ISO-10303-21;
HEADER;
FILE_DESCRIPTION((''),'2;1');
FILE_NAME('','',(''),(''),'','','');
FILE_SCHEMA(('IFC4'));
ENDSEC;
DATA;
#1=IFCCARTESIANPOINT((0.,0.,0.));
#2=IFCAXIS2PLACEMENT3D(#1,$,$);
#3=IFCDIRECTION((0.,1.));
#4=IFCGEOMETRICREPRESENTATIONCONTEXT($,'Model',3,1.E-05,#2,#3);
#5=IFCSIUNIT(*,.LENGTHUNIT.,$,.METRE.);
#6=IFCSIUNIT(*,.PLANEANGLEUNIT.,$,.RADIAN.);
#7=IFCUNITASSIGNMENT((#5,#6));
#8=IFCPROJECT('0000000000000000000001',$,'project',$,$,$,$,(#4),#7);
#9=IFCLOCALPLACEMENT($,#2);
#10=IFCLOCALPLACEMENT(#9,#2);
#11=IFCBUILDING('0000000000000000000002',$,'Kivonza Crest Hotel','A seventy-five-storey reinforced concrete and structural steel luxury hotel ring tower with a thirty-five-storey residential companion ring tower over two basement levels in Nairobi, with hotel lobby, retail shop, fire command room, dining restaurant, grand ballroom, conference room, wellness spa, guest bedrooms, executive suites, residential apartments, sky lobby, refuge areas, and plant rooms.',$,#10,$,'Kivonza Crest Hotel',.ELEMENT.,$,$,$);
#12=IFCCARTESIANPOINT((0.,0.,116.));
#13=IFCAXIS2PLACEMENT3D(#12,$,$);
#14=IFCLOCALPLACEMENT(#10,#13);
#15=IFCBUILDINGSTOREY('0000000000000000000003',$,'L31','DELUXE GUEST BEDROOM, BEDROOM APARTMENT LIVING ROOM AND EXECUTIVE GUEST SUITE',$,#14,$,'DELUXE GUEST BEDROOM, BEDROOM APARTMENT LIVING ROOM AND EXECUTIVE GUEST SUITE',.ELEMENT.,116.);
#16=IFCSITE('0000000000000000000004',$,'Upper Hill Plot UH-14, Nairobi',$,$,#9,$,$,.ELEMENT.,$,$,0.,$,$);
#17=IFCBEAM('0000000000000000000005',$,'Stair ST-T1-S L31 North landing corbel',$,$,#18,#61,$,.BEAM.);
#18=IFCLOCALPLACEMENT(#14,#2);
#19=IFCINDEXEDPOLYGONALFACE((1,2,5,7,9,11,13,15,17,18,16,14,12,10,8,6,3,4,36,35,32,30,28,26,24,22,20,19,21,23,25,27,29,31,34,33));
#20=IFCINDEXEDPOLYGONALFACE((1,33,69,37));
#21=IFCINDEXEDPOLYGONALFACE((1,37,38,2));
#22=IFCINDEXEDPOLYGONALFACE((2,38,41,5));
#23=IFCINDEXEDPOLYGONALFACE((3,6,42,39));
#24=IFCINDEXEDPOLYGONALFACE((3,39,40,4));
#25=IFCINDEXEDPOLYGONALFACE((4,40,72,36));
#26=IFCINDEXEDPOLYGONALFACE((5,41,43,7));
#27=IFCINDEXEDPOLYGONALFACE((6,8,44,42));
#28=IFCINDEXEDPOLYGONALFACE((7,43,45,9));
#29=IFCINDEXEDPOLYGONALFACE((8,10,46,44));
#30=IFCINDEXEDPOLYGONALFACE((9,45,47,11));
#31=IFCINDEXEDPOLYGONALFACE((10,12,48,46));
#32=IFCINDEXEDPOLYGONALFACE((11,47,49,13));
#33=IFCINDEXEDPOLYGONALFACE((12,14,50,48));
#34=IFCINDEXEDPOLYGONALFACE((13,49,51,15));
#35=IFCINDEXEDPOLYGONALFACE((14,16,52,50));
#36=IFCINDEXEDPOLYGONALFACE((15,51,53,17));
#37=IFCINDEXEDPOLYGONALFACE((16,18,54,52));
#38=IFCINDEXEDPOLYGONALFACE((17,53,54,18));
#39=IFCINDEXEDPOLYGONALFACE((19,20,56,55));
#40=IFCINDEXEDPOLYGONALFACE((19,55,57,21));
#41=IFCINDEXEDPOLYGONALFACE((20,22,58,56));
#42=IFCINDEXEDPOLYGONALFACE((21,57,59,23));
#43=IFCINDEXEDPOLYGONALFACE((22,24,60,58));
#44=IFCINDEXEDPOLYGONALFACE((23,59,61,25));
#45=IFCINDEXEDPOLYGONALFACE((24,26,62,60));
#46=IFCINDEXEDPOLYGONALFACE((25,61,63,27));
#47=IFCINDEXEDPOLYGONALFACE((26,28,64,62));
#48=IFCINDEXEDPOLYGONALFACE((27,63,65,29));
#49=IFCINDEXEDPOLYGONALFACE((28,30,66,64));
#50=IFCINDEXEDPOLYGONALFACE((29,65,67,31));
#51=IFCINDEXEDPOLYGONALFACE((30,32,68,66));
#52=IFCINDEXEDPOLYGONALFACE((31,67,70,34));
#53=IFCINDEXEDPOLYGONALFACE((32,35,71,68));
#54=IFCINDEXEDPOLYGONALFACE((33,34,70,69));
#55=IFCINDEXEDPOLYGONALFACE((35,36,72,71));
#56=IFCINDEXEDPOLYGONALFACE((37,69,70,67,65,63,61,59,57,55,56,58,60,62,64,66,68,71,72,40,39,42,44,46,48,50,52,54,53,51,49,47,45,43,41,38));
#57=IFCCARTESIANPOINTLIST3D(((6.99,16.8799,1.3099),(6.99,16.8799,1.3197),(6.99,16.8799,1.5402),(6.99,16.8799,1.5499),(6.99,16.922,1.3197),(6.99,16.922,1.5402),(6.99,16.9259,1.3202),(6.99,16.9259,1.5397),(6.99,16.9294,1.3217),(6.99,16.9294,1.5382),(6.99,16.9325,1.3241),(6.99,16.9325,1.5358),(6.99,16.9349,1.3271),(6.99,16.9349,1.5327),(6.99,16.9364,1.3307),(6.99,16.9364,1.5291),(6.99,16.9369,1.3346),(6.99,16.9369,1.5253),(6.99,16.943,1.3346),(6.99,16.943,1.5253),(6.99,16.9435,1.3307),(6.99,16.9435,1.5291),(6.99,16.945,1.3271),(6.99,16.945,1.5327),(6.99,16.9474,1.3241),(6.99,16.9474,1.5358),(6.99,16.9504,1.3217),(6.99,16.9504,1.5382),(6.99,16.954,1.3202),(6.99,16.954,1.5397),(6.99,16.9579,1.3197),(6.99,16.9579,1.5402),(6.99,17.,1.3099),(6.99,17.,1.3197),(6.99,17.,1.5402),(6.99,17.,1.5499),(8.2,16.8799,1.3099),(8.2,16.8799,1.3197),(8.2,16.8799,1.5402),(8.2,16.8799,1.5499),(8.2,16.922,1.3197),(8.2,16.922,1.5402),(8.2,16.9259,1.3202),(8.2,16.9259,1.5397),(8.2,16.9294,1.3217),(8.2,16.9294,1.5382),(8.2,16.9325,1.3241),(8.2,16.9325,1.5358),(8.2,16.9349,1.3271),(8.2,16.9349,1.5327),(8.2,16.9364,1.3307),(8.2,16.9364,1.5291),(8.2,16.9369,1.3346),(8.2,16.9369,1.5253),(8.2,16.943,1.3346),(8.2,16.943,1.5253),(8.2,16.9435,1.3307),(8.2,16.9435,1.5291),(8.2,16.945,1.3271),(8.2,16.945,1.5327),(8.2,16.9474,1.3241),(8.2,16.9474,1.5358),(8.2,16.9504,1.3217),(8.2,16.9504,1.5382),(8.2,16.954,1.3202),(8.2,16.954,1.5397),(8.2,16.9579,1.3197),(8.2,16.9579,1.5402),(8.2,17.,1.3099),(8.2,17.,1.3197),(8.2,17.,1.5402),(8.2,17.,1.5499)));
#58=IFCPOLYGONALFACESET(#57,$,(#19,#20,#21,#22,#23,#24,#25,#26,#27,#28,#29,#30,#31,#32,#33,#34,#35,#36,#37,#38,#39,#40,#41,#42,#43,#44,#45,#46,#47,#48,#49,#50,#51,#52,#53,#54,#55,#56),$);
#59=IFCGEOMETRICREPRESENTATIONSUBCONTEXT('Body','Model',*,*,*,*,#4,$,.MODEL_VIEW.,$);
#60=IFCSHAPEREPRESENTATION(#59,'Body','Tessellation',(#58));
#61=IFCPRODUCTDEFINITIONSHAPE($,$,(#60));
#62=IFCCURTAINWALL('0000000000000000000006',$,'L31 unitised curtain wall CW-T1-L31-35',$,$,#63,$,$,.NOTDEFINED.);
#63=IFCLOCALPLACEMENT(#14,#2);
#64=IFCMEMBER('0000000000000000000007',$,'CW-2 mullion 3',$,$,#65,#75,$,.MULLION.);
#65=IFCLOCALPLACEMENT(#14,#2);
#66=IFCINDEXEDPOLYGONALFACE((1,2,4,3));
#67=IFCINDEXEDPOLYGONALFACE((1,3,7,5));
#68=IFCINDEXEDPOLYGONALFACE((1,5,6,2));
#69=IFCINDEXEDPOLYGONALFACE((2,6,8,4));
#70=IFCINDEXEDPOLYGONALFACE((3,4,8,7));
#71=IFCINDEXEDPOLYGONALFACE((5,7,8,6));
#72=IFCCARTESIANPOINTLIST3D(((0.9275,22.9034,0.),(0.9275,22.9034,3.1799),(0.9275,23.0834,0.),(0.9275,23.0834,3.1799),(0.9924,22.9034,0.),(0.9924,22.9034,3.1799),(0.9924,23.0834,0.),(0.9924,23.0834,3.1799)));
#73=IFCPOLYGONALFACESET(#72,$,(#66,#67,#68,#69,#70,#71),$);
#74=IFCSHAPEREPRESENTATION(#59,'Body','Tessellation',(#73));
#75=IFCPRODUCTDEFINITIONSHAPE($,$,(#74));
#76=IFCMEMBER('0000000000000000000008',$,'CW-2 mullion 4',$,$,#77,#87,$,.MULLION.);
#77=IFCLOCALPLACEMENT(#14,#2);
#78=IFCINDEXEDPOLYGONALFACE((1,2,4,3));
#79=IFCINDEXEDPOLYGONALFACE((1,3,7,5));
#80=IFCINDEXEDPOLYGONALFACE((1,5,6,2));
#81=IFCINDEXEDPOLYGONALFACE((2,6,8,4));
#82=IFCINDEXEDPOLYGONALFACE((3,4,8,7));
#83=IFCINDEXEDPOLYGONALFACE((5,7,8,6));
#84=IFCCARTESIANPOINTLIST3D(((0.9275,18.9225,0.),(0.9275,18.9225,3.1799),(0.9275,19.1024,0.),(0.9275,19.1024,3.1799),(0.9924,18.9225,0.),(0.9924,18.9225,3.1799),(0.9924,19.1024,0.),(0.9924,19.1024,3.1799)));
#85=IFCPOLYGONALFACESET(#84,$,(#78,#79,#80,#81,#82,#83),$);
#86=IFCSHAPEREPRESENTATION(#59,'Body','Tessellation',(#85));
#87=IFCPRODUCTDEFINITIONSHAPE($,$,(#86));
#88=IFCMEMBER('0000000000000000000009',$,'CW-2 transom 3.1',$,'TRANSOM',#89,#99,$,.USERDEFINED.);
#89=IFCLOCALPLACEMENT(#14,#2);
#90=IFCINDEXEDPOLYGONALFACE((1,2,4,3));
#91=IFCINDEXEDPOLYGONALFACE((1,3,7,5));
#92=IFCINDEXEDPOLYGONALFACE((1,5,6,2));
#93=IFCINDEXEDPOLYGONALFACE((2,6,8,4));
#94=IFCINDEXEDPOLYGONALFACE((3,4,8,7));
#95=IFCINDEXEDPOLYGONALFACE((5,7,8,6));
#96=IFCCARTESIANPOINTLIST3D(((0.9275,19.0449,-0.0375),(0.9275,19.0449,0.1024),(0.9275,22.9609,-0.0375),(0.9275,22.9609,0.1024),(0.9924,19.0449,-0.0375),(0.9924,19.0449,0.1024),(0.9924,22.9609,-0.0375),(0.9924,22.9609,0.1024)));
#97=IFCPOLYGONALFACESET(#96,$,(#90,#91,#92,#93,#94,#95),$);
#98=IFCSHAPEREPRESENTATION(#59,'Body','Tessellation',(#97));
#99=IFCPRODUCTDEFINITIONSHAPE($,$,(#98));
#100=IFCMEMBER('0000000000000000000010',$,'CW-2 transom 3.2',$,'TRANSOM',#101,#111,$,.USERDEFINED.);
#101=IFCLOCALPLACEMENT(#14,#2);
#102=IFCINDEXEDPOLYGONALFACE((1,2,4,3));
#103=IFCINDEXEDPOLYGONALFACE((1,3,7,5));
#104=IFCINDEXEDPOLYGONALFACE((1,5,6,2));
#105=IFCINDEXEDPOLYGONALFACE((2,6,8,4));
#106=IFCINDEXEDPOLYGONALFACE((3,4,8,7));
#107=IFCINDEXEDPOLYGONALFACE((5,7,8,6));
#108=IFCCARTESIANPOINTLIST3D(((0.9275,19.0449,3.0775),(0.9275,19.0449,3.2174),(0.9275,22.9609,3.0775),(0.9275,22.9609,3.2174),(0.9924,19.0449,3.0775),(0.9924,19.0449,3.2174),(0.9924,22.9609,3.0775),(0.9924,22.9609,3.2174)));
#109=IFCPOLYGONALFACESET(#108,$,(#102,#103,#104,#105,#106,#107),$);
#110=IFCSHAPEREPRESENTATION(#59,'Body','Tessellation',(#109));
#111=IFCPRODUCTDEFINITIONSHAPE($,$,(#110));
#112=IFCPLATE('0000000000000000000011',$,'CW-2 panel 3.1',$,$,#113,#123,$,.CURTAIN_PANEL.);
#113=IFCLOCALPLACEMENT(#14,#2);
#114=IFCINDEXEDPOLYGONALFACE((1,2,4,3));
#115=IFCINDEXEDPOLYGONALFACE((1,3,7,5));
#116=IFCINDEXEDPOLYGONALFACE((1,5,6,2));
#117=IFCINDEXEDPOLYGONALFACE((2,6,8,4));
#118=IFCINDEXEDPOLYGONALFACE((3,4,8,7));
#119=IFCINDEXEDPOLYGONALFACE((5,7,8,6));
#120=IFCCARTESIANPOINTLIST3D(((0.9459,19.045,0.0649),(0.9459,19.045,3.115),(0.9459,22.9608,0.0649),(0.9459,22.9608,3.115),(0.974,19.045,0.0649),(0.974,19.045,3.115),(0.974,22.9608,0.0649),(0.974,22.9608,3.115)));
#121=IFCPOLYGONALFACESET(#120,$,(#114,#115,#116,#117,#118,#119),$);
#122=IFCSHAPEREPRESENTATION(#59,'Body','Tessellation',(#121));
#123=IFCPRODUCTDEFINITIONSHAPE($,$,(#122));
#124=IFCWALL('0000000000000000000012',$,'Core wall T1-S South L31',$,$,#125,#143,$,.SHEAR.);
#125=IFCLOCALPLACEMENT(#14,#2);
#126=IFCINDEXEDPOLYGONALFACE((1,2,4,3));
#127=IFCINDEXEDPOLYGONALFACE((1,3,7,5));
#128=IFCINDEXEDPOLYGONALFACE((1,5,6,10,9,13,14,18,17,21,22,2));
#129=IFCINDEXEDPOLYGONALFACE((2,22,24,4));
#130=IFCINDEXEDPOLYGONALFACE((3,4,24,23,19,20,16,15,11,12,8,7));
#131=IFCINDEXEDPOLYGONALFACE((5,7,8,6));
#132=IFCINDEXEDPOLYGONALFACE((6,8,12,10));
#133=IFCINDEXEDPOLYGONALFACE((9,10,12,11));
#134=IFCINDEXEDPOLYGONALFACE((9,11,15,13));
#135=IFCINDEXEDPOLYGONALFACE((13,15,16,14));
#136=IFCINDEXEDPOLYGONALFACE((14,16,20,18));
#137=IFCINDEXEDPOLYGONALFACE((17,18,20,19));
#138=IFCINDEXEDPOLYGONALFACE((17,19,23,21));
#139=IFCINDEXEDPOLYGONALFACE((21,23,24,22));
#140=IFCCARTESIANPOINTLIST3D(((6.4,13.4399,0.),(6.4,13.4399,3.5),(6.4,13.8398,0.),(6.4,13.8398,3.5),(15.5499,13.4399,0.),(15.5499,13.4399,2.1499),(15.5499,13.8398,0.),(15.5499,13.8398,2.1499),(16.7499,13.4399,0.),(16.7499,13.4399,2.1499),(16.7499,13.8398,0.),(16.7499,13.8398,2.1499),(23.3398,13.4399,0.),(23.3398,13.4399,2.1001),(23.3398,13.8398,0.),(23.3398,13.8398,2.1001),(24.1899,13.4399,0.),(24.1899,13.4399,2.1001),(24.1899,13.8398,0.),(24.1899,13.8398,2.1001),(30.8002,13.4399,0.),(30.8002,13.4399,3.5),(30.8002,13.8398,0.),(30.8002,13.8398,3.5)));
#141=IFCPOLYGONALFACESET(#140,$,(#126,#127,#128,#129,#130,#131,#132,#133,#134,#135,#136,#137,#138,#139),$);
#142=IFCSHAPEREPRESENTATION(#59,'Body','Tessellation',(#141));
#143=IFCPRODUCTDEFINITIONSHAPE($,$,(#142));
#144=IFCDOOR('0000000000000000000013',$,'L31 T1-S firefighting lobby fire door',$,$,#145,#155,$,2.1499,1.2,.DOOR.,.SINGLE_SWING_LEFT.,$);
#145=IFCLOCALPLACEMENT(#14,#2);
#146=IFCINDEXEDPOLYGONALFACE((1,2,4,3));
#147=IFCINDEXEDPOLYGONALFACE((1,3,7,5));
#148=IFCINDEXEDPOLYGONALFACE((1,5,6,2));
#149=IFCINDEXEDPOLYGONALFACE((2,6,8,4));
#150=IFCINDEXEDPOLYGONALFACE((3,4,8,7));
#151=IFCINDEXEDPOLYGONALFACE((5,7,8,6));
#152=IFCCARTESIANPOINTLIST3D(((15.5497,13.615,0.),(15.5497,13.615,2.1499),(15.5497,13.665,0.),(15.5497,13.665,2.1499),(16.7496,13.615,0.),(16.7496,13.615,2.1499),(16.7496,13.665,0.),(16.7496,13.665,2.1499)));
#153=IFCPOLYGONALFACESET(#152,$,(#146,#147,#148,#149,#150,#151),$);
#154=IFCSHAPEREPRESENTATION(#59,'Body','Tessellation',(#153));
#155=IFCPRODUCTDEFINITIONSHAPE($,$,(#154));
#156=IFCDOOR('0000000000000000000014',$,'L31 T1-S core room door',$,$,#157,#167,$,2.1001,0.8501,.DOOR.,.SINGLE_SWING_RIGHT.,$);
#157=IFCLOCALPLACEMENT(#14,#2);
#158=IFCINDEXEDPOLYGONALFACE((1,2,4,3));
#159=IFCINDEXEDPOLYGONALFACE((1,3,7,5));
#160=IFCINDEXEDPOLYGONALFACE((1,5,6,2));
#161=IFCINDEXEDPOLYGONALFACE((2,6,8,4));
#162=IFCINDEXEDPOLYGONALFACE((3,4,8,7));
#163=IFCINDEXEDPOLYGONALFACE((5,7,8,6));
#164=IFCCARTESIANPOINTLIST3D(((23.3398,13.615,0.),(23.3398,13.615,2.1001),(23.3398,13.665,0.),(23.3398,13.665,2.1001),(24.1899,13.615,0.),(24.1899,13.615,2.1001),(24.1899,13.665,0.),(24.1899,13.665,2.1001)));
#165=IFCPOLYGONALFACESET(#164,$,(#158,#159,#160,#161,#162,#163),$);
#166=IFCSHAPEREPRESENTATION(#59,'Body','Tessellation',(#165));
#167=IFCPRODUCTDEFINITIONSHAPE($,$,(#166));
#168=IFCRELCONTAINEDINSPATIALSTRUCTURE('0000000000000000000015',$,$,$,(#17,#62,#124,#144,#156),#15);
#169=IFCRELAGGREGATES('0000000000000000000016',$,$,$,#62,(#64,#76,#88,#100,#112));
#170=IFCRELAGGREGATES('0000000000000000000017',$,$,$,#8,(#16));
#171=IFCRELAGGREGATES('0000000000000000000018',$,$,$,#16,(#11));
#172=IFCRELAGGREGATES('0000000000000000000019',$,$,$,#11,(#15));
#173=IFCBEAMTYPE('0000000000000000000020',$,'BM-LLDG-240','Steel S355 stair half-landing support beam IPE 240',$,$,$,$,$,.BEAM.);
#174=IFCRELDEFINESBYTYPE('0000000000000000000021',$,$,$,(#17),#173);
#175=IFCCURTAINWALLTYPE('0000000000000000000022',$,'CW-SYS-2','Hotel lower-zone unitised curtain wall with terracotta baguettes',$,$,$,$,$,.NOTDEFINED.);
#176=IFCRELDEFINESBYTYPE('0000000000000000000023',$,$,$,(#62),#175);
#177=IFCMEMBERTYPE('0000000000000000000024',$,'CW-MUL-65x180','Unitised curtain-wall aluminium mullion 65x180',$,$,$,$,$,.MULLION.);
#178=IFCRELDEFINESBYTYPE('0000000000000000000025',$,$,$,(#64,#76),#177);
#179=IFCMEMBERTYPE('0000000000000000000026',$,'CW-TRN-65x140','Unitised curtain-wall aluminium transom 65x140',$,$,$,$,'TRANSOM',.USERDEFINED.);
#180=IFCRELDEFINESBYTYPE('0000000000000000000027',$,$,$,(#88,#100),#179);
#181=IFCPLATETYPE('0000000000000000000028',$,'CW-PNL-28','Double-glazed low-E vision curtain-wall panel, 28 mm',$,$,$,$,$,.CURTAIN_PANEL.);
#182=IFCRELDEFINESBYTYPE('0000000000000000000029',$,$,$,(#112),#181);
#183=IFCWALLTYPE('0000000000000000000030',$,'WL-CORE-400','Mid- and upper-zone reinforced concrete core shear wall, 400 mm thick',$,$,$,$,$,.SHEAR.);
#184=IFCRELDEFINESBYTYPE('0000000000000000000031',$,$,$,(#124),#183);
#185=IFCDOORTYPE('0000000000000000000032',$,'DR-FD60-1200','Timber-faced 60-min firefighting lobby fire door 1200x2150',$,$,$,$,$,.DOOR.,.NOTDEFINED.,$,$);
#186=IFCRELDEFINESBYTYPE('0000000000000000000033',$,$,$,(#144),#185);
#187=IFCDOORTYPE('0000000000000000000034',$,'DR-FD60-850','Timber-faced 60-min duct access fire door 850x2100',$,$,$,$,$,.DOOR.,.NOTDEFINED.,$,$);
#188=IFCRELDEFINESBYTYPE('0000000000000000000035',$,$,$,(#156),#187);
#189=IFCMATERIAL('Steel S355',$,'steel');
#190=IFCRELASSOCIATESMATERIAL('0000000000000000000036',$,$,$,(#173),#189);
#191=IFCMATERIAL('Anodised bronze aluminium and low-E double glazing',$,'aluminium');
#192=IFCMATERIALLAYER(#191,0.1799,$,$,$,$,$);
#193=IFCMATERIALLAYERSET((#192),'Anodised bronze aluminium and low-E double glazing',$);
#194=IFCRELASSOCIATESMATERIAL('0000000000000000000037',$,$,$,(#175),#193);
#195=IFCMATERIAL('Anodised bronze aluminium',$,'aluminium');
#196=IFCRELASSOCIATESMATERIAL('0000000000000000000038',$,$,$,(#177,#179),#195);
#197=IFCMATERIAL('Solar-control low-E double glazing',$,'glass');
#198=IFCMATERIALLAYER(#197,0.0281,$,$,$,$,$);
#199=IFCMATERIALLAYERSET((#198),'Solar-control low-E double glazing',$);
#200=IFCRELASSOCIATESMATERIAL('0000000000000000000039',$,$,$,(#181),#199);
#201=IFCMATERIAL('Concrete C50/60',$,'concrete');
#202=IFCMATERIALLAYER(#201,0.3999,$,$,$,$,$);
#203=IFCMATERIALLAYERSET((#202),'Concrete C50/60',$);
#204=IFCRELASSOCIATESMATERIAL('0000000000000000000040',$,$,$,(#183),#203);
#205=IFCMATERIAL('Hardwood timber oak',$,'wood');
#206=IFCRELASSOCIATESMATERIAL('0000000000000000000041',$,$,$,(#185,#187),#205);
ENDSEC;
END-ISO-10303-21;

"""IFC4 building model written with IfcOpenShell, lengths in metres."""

from ifc_helpers import new_model, si_unit, direction, frame, frame_2d, origin, origin_2d, place, context, subcontext, project, spatial, rectangle, i_section, extrude, material, layer, layer_set, material_profile, profile_set, type_object, element, fill, aggregate, save


model = new_model("IFC4")

# Units and contexts
model_context = context("Model", 3, precision=1e-05, world=origin(), true_north=direction((0.0, 1.0)))
body_context = subcontext(model_context, "Body", "Model", "MODEL_VIEW")
ifc_project = project(units=[si_unit("LENGTHUNIT", "METRE"), si_unit("PLANEANGLEUNIT", "RADIAN")], contexts=[model_context])

# Site, building, storey
site_placement = place(None, origin())
site = spatial("IfcSite", under=ifc_project, at=site_placement, Name="Upper Hill Plot UH-14, Nairobi", CompositionType="ELEMENT", RefElevation=0.0)
building_placement = place(site_placement, origin())
building = spatial("IfcBuilding", under=site, at=building_placement, Name="Kivonza Crest Hotel", Description="A seventy-five-storey reinforced concrete and structural steel luxury hotel ring tower with a thirty-five-storey residential companion ring tower over two basement levels in Nairobi, with hotel lobby, retail shop, fire command room, dining restaurant, grand ballroom, conference room, wellness spa, guest bedrooms, executive suites, residential apartments, sky lobby, refuge areas, and plant rooms.", LongName="Kivonza Crest Hotel", CompositionType="ELEMENT")
storey_placement = place(building_placement, frame((0.0, 0.0, 116.0)))
storey = spatial("IfcBuildingStorey", under=building, at=storey_placement, Name="L31", Description="DELUXE GUEST BEDROOM, BEDROOM APARTMENT LIVING ROOM AND EXECUTIVE GUEST SUITE", LongName="DELUXE GUEST BEDROOM, BEDROOM APARTMENT LIVING ROOM AND EXECUTIVE GUEST SUITE", CompositionType="ELEMENT", Elevation=116.0)

# Shared definitions
ifc_material_1 = material(Name="Concrete C50/60", Category="concrete")

# Beam
ifc_material_2 = material(Name="Steel S355", Category="steel")
ifc_material_profile_1 = material_profile(ifc_material_2, i_section(OverallWidth=0.1201, OverallDepth=0.24, WebThickness=0.0061, FlangeThickness=0.0098, FilletRadius=0.0149, at=origin_2d()), Name="IPE 240")
ifc_profile_set_1 = profile_set([ifc_material_profile_1], Name="Steel S355")
beam_type_1 = type_object("IfcBeamType", Name="BM-LLDG-240", Description="Steel S355 stair half-landing support beam IPE 240", PredefinedType="BEAM", material=ifc_profile_set_1)
for number, where, z_axis, x_axis, name in (
    (1, (6.99, 16.9399, 1.4299), (1.0, 0.0, 0.0), (0.0, 1.0, 0.0), "Stair ST-T1-S L31 North landing corbel"),
):
    element("IfcBeam", number, at=place(storey_placement, frame(where, z_axis=z_axis, x_axis=x_axis)), inside=storey, type_object=beam_type_1, Name=name, PredefinedType="BEAM", context=body_context, shape_type="SweptSolid", body=[
        extrude(i_section(OverallWidth=0.1201, OverallDepth=0.24, WebThickness=0.0061, FlangeThickness=0.0098, FilletRadius=0.0149, at=origin_2d()), origin(), (0.0, 0.0, 1.0), 1.21),
    ])

# Curtain wall, members, plate
ifc_material_3 = material(Name="Anodised bronze aluminium and low-E double glazing", Category="aluminium")
ifc_layer_1 = layer(ifc_material_3, 0.1799)
ifc_layer_set_1 = layer_set([ifc_layer_1], Name="Anodised bronze aluminium and low-E double glazing")
curtain_wall_type = type_object("IfcCurtainWallType", Name="CW-SYS-2", Description="Hotel lower-zone unitised curtain wall with terracotta baguettes", PredefinedType="NOTDEFINED", material=ifc_layer_set_1)
curtain_wall_placement = place(storey_placement, origin())
curtain_wall = element("IfcCurtainWall", 2, at=curtain_wall_placement, inside=storey, type_object=curtain_wall_type, Name="L31 unitised curtain wall CW-T1-L31-35", PredefinedType="NOTDEFINED")
ifc_material_4 = material(Name="Anodised bronze aluminium", Category="aluminium")
ifc_material_profile_2 = material_profile(ifc_material_4, rectangle(XDim=0.0649, YDim=0.1799, at=origin_2d()), Name="CW-M 65x180")
ifc_profile_set_2 = profile_set([ifc_material_profile_2], Name="Anodised bronze aluminium")
member_type_1 = type_object("IfcMemberType", Name="CW-MUL-65x180", Description="Unitised curtain-wall aluminium mullion 65x180", PredefinedType="MULLION", material=ifc_profile_set_2)
member_1_placement = place(storey_placement, frame((0.96, 22.9934, 0.0), z_axis=(0.0, 0.0, 1.0), x_axis=(1.0, 0.0, 0.0)))
member_1 = element("IfcMember", 3, at=member_1_placement, type_object=member_type_1, Name="CW-2 mullion 3", PredefinedType="MULLION", context=body_context, shape_type="SweptSolid", body=[
    extrude(rectangle(XDim=0.0649, YDim=0.1799, at=origin_2d()), origin(), (0.0, 0.0, 1.0), 3.1799),
])
member_2_placement = place(storey_placement, frame((0.96, 19.0125, 0.0), z_axis=(0.0, 0.0, 1.0), x_axis=(1.0, 0.0, 0.0)))
member_2 = element("IfcMember", 4, at=member_2_placement, type_object=member_type_1, Name="CW-2 mullion 4", PredefinedType="MULLION", context=body_context, shape_type="SweptSolid", body=[
    extrude(rectangle(XDim=0.0649, YDim=0.1799, at=origin_2d()), origin(), (0.0, 0.0, 1.0), 3.1799),
])
ifc_material_profile_3 = material_profile(ifc_material_4, rectangle(XDim=0.0649, YDim=0.1399, at=origin_2d()), Name="CW-T 65x140")
ifc_profile_set_3 = profile_set([ifc_material_profile_3], Name="Anodised bronze aluminium")
member_type_2 = type_object("IfcMemberType", Name="CW-TRN-65x140", Description="Unitised curtain-wall aluminium transom 65x140", ElementType="TRANSOM", PredefinedType="USERDEFINED", material=ifc_profile_set_3)
member_3_placement = place(storey_placement, frame((0.96, 22.9609, 0.0325), z_axis=(0.0, -1.0, 0.0), x_axis=(1.0, 0.0, 0.0)))
member_3 = element("IfcMember", 5, at=member_3_placement, type_object=member_type_2, Name="CW-2 transom 3.1", ObjectType="TRANSOM", PredefinedType="USERDEFINED", context=body_context, shape_type="SweptSolid", body=[
    extrude(rectangle(XDim=0.0649, YDim=0.1399, at=origin_2d()), origin(), (0.0, 0.0, 1.0), 3.916),
])
member_4_placement = place(storey_placement, frame((0.96, 22.9609, 3.1475), z_axis=(0.0, -1.0, 0.0), x_axis=(1.0, 0.0, 0.0)))
member_4 = element("IfcMember", 6, at=member_4_placement, type_object=member_type_2, Name="CW-2 transom 3.2", ObjectType="TRANSOM", PredefinedType="USERDEFINED", context=body_context, shape_type="SweptSolid", body=[
    extrude(rectangle(XDim=0.0649, YDim=0.1399, at=origin_2d()), origin(), (0.0, 0.0, 1.0), 3.916),
])
ifc_material_5 = material(Name="Solar-control low-E double glazing", Category="glass")
ifc_layer_2 = layer(ifc_material_5, 0.0281)
ifc_layer_set_2 = layer_set([ifc_layer_2], Name="Solar-control low-E double glazing")
plate_type = type_object("IfcPlateType", Name="CW-PNL-28", Description="Double-glazed low-E vision curtain-wall panel, 28 mm", PredefinedType="CURTAIN_PANEL", material=ifc_layer_set_2)
plate_placement = place(storey_placement, frame((0.96, 21.0029, 0.0649), z_axis=(0.0, 0.0, 1.0), x_axis=(0.0, -1.0, 0.0)))
plate = element("IfcPlate", 7, at=plate_placement, type_object=plate_type, Name="CW-2 panel 3.1", PredefinedType="CURTAIN_PANEL", context=body_context, shape_type="SweptSolid", body=[
    extrude(rectangle(XDim=3.9158, YDim=0.0281, at=origin_2d()), origin(), (0.0, 0.0, 1.0), 3.05),
])
aggregate(curtain_wall, [member_1, member_2, member_3, member_4, plate])

# Wall, openings, doors
ifc_layer_3 = layer(ifc_material_1, 0.3999)
ifc_layer_set_3 = layer_set([ifc_layer_3], Name="Concrete C50/60")
wall_type_1 = type_object("IfcWallType", Name="WL-CORE-400", Description="Mid- and upper-zone reinforced concrete core shear wall, 400 mm thick", PredefinedType="SHEAR", material=ifc_layer_set_3)
wall_1_placement = place(storey_placement, frame((6.3999, 13.6399, 0.0), z_axis=(0.0, 0.0, 1.0), x_axis=(1.0, 0.0, 0.0)))
wall_1 = element("IfcWall", 8, at=wall_1_placement, inside=storey, type_object=wall_type_1, Name="Core wall T1-S South L31", PredefinedType="SHEAR", context=body_context, shape_type="SweptSolid", body=[
    extrude(rectangle(XDim=24.4001, YDim=0.3999, at=frame_2d((12.2002, 0.0))), origin(), (0.0, 0.0, 1.0), 3.5),
])
opening_1_placement = place(wall_1_placement, frame((9.1499, 0.0, 0.0)))
opening_1 = element("IfcOpeningElement", 9, at=opening_1_placement, cuts=wall_1, PredefinedType="OPENING", context=body_context, shape_type="SweptSolid", body=[
    extrude(rectangle(XDim=1.2, YDim=2.1499, at=frame_2d((0.6001, 1.075))), frame((0.0, 0.21, 0.0), z_axis=(0.0, -1.0, 0.0), x_axis=(1.0, 0.0, 0.0)), (0.0, 0.0, 1.0), 0.4199),
])
opening_2_placement = place(wall_1_placement, frame((16.9399, 0.0, 0.0)))
opening_2 = element("IfcOpeningElement", 10, at=opening_2_placement, cuts=wall_1, PredefinedType="OPENING", context=body_context, shape_type="SweptSolid", body=[
    extrude(rectangle(XDim=0.8501, YDim=2.1001, at=frame_2d((0.425, 1.05))), frame((0.0, 0.21, 0.0), z_axis=(0.0, -1.0, 0.0), x_axis=(1.0, 0.0, 0.0)), (0.0, 0.0, 1.0), 0.4199),
])
ifc_material_6 = material(Name="Hardwood timber oak", Category="wood")
door_type_1 = type_object("IfcDoorType", Name="DR-FD60-1200", Description="Timber-faced 60-min firefighting lobby fire door 1200x2150", OperationType="NOTDEFINED", PredefinedType="DOOR", material=ifc_material_6)
door_1_placement = place(opening_1_placement, frame((1.2, 0.0, 0.0), z_axis=(0.0, 0.0, 1.0), x_axis=(-1.0, 0.0, 0.0)))
door_1 = element("IfcDoor", 11, at=door_1_placement, inside=storey, type_object=door_type_1, Name="L31 T1-S firefighting lobby fire door", OperationType="SINGLE_SWING_LEFT", OverallHeight=2.1499, OverallWidth=1.2, PredefinedType="DOOR", context=body_context, shape_type="SweptSolid", body=[
    extrude(rectangle(XDim=1.2, YDim=2.1499, at=frame_2d((0.6001, 1.075))), frame((0.0, 0.0249, 0.0), z_axis=(0.0, -1.0, 0.0), x_axis=(1.0, 0.0, 0.0)), (0.0, 0.0, 1.0), 0.05),
])
fill(opening_1, door_1)
door_type_2 = type_object("IfcDoorType", Name="DR-FD60-850", Description="Timber-faced 60-min duct access fire door 850x2100", OperationType="NOTDEFINED", PredefinedType="DOOR", material=ifc_material_6)
door_2_placement = place(opening_2_placement, frame((0.8501, 0.0, 0.0), z_axis=(0.0, 0.0, 1.0), x_axis=(-1.0, 0.0, 0.0)))
door_2 = element("IfcDoor", 12, at=door_2_placement, inside=storey, type_object=door_type_2, Name="L31 T1-S core room door", OperationType="SINGLE_SWING_RIGHT", OverallHeight=2.1001, OverallWidth=0.8501, PredefinedType="DOOR", context=body_context, shape_type="SweptSolid", body=[
    extrude(rectangle(XDim=0.8501, YDim=2.1001, at=frame_2d((0.425, 1.05))), frame((0.0, 0.0249, 0.0), z_axis=(0.0, -1.0, 0.0), x_axis=(1.0, 0.0, 0.0)), (0.0, 0.0, 1.0), 0.05),
])
fill(opening_2, door_2)

save(model, "model.ifc")
